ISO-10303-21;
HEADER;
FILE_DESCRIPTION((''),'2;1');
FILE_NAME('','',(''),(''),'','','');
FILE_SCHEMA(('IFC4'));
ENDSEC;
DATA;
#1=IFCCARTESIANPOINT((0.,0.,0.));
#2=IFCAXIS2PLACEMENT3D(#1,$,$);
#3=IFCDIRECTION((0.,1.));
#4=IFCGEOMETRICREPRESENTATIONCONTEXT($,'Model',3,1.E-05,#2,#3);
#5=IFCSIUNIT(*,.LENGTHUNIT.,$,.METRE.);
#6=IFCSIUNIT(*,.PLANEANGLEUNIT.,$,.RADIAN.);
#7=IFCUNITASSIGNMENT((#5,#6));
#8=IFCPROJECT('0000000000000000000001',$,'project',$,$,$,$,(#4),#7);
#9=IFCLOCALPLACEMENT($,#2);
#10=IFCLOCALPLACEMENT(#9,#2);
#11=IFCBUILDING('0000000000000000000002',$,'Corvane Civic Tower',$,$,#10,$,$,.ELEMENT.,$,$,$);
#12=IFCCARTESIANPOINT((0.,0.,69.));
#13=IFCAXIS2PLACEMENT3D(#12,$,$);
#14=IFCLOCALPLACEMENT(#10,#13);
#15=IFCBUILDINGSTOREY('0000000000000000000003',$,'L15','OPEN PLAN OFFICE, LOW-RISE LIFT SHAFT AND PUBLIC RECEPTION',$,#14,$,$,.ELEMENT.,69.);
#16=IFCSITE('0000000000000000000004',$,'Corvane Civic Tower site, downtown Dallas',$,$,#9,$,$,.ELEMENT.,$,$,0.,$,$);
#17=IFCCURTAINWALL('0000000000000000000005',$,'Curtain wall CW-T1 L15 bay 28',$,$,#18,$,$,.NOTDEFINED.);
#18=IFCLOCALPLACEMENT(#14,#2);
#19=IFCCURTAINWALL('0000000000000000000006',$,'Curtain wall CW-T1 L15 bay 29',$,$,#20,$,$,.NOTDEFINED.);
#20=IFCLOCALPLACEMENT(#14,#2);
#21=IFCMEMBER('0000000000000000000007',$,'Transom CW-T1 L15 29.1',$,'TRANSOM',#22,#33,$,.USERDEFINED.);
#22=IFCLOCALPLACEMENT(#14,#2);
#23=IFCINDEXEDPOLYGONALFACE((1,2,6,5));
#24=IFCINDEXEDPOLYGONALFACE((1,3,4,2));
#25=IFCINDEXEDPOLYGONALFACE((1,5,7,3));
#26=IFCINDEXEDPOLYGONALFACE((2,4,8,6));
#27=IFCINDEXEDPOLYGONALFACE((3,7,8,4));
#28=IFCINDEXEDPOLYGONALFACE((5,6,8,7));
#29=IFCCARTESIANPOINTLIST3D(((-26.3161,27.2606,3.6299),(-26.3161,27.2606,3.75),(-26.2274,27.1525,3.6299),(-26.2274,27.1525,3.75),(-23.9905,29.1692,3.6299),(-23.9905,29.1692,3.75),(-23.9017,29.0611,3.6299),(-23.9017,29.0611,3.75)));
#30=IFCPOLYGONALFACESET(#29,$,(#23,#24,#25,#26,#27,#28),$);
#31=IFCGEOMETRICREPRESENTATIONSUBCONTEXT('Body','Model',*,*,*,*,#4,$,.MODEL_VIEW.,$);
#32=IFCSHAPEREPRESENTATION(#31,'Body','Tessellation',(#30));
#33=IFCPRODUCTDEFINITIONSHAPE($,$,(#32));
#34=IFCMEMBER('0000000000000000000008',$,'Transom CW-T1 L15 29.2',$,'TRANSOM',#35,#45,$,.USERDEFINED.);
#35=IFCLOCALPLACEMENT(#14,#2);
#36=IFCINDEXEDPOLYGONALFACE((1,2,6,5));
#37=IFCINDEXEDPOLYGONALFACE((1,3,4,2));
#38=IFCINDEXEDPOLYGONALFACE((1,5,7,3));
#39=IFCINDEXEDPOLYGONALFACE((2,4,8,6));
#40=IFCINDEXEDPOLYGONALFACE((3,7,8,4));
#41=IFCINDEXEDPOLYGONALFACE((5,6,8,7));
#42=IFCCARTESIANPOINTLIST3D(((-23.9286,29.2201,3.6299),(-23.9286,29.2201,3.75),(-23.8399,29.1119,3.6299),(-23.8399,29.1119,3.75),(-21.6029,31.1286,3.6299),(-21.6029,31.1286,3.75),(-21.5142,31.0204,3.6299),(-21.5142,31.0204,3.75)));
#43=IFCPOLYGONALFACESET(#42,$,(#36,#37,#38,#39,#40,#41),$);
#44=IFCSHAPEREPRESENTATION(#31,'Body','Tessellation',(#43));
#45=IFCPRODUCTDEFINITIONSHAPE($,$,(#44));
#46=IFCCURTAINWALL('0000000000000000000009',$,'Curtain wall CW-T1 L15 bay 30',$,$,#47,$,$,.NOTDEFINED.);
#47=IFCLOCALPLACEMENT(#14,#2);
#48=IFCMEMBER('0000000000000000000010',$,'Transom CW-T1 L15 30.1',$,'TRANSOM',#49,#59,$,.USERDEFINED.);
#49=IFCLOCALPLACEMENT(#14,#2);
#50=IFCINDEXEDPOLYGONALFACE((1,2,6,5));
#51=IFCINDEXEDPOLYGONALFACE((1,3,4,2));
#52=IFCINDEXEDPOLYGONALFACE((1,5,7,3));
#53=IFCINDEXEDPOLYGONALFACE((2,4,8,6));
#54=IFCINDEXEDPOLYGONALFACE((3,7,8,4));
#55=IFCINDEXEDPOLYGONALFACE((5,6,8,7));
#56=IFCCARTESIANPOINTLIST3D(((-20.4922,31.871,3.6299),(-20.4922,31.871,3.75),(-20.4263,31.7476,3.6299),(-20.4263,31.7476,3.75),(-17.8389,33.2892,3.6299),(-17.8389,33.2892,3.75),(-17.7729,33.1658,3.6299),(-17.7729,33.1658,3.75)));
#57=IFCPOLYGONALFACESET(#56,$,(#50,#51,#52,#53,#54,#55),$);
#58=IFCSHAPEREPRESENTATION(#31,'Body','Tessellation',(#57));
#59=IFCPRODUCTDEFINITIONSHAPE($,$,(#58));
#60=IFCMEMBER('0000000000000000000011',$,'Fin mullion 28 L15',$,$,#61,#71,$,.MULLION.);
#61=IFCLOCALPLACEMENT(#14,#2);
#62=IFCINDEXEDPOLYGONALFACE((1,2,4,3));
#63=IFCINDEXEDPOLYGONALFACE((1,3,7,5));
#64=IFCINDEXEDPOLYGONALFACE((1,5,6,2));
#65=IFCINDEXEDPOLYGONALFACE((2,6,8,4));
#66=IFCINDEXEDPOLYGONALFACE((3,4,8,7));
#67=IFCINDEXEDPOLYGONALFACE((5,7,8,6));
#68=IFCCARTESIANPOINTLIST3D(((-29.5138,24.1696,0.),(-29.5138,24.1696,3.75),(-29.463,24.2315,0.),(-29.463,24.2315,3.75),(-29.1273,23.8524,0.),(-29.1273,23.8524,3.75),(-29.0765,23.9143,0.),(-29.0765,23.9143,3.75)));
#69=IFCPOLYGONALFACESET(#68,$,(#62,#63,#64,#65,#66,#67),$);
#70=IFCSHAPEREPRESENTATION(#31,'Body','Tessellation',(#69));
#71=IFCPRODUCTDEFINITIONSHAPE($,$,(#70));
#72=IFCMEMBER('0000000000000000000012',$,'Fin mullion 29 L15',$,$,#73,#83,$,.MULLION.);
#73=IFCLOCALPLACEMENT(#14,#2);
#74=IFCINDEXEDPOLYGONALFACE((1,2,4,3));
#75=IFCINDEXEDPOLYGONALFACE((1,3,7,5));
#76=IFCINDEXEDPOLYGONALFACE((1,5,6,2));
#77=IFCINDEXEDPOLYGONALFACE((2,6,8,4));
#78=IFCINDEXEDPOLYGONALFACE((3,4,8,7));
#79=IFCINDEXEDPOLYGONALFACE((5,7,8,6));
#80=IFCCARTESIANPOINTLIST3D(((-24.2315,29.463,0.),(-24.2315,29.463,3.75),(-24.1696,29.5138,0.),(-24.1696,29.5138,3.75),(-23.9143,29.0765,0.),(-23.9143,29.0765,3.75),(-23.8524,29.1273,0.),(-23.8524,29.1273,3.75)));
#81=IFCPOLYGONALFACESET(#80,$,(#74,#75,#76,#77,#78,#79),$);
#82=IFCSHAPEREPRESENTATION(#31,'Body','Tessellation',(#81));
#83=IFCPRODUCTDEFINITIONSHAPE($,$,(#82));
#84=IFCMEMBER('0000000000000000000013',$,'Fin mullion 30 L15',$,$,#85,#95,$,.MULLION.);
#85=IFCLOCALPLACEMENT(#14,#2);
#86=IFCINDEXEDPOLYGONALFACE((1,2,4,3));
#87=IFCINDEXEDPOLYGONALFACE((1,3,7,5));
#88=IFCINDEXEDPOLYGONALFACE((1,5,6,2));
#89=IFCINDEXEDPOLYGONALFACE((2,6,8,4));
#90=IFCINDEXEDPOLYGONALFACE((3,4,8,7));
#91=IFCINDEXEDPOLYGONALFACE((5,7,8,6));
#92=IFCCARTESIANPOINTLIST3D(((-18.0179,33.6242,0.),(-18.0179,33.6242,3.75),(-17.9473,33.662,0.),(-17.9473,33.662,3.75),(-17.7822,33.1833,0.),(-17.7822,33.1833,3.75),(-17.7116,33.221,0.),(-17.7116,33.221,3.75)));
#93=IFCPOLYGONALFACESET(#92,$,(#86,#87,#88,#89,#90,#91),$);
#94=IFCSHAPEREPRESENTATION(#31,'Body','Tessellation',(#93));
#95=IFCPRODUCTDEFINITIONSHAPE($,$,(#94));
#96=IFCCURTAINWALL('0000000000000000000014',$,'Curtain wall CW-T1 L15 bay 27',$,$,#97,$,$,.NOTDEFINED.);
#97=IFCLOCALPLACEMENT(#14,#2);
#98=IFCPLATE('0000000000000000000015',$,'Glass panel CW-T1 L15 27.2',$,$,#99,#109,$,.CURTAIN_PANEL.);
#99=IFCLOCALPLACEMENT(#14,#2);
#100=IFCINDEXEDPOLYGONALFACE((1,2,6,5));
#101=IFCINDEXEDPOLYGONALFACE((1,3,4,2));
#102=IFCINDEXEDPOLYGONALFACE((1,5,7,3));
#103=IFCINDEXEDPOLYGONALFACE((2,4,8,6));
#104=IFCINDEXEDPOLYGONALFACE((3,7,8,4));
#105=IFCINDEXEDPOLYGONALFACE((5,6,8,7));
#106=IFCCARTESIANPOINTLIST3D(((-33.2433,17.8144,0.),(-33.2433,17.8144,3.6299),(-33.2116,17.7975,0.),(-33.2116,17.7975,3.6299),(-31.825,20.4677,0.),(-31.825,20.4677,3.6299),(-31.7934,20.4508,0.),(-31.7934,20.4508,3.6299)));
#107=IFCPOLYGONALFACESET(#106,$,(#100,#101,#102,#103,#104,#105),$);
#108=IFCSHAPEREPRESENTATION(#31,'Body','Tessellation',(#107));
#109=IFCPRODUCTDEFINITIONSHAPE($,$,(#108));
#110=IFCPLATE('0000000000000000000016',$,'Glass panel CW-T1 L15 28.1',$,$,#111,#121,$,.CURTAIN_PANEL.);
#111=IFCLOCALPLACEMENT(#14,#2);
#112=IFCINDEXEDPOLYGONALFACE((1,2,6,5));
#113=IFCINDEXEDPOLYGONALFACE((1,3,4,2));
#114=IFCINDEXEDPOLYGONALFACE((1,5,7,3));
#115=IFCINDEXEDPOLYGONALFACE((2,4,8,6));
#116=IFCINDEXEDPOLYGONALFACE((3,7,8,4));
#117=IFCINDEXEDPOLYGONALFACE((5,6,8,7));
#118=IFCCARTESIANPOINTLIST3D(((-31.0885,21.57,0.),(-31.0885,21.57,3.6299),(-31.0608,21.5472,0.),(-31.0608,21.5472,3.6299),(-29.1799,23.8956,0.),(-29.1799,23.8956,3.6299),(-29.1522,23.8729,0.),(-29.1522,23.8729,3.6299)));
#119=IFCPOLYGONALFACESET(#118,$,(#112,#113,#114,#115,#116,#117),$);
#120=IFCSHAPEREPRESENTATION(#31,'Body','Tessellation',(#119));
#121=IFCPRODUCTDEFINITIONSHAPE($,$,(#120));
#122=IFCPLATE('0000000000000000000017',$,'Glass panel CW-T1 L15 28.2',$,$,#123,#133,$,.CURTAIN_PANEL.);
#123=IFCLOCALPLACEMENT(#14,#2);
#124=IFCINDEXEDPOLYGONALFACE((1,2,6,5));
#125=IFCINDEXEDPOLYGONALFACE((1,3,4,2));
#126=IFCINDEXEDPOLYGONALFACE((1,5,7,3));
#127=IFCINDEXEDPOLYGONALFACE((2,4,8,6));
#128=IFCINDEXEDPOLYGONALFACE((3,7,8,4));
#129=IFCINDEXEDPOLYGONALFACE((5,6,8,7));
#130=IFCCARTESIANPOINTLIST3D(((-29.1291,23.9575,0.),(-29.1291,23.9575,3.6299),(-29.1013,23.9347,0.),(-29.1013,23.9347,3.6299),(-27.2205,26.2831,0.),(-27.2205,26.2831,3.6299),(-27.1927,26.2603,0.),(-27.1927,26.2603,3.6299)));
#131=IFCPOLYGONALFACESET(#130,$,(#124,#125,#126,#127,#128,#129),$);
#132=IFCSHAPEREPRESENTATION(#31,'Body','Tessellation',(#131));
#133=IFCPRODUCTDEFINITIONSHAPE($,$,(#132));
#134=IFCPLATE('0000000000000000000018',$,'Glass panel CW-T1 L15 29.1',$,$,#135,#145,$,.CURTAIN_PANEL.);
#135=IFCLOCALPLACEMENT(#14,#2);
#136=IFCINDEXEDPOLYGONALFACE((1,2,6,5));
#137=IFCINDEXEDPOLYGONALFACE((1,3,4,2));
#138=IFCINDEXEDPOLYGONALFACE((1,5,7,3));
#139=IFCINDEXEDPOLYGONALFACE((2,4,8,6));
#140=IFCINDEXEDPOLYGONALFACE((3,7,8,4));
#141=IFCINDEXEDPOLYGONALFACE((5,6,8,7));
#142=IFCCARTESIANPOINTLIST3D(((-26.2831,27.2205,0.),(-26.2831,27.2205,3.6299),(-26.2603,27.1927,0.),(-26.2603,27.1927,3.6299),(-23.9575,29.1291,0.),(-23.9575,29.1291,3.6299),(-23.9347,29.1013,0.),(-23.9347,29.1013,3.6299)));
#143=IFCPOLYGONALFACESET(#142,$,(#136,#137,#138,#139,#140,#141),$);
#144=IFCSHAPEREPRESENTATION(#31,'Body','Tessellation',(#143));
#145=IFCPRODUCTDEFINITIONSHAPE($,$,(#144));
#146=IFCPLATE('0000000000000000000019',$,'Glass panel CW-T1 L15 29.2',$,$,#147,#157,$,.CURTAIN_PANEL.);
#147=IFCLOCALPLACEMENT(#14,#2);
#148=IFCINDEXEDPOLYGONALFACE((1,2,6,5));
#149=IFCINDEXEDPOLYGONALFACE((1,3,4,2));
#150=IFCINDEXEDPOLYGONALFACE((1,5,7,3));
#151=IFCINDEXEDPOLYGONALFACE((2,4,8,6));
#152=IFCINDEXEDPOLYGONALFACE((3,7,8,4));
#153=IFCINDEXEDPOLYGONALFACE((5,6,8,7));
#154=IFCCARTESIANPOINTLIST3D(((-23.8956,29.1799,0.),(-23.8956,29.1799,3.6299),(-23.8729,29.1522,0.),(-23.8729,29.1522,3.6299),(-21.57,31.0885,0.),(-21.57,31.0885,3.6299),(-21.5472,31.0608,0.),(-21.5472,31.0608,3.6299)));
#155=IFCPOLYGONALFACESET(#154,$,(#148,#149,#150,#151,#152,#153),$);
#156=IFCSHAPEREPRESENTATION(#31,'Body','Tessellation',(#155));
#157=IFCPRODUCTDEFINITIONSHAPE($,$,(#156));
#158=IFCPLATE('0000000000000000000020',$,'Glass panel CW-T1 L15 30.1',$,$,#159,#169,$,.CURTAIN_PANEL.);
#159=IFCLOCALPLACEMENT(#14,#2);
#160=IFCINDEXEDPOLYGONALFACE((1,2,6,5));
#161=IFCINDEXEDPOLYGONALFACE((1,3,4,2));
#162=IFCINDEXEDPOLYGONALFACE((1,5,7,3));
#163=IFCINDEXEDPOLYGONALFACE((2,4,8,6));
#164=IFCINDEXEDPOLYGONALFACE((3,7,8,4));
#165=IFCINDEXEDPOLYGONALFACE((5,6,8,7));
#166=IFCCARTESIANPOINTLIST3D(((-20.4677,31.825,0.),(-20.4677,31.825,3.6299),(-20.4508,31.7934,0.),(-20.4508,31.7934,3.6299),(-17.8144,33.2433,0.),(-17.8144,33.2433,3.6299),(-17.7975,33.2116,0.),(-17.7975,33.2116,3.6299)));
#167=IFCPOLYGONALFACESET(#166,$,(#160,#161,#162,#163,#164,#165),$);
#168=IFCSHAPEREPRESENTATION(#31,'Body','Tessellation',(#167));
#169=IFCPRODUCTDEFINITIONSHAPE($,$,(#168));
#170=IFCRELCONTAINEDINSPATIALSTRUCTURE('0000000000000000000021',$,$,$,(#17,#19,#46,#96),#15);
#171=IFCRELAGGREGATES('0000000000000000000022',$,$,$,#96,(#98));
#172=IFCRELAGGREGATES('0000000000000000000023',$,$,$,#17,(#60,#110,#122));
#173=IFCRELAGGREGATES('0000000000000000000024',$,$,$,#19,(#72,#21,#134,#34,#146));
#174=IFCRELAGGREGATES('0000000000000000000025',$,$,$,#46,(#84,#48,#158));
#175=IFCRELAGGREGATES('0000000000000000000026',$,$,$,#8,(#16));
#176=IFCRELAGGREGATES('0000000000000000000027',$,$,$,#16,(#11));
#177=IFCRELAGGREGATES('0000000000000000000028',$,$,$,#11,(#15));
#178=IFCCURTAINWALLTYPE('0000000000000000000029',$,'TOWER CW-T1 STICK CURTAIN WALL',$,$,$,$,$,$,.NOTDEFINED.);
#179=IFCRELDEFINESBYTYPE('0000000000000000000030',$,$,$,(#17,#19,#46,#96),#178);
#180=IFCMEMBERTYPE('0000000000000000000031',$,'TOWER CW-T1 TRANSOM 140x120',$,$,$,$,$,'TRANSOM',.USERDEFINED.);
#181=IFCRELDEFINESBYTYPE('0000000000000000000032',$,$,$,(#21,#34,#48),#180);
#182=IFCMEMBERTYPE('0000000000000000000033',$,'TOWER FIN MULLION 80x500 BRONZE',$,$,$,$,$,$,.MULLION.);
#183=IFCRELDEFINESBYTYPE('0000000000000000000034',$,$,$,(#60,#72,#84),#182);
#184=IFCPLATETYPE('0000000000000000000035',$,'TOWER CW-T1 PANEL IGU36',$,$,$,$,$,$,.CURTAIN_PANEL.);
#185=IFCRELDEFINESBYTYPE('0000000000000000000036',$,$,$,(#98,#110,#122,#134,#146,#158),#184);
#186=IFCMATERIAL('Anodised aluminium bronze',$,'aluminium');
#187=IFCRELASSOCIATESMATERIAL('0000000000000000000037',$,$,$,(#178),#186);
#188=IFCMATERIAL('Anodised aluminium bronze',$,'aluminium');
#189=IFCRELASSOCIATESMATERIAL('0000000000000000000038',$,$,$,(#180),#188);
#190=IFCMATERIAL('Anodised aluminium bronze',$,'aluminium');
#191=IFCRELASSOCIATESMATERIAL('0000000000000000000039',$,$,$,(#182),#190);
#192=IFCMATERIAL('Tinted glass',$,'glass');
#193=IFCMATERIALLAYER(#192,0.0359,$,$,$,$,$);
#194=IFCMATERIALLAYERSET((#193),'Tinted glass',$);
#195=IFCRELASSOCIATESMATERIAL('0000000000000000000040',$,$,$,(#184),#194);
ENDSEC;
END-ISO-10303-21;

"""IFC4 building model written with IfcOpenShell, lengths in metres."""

from ifc_helpers import new_model, si_unit, direction, frame, origin, origin_2d, place, context, subcontext, project, spatial, rectangle, extrude, material, layer, layer_set, material_profile, profile_set, type_object, element, aggregate, save


model = new_model("IFC4")

# Units and contexts
model_context = context("Model", 3, precision=1e-05, world=origin(), true_north=direction((0.0, 1.0)))
body_context = subcontext(model_context, "Body", "Model", "MODEL_VIEW")
ifc_project = project(units=[si_unit("LENGTHUNIT", "METRE"), si_unit("PLANEANGLEUNIT", "RADIAN")], contexts=[model_context])

# Site, building, storey
site_placement = place(None, origin())
site = spatial("IfcSite", under=ifc_project, at=site_placement, Name="Corvane Civic Tower site, downtown Dallas", CompositionType="ELEMENT", RefElevation=0.0)
building_placement = place(site_placement, origin())
building = spatial("IfcBuilding", under=site, at=building_placement, Name="Corvane Civic Tower", CompositionType="ELEMENT")
storey_placement = place(building_placement, frame((0.0, 0.0, 69.0)))
storey = spatial("IfcBuildingStorey", under=building, at=storey_placement, Name="L15", Description="OPEN PLAN OFFICE, LOW-RISE LIFT SHAFT AND PUBLIC RECEPTION", CompositionType="ELEMENT", Elevation=69.0)

# Curtain walls, members
ifc_material_1 = material(Name="Anodised aluminium bronze", Category="aluminium")
curtain_wall_type = type_object("IfcCurtainWallType", Name="TOWER CW-T1 STICK CURTAIN WALL", PredefinedType="NOTDEFINED", material=ifc_material_1)
curtain_wall_1_placement = place(storey_placement, origin())
curtain_wall_1 = element("IfcCurtainWall", 1, at=curtain_wall_1_placement, inside=storey, type_object=curtain_wall_type, Name="Curtain wall CW-T1 L15 bay 28", PredefinedType="NOTDEFINED")
ifc_material_2 = material(Name="Anodised aluminium bronze", Category="aluminium")
ifc_material_profile_1 = material_profile(ifc_material_2, rectangle(XDim=0.1399, YDim=0.1201, at=origin_2d()), Name="TOWER CW-T1 TRANSOM 140x120")
ifc_profile_set_1 = profile_set([ifc_material_profile_1], Name="Anodised aluminium bronze")
member_type_1 = type_object("IfcMemberType", Name="TOWER CW-T1 TRANSOM 140x120", ElementType="TRANSOM", PredefinedType="USERDEFINED", material=ifc_profile_set_1)
curtain_wall_2_placement = place(storey_placement, origin())
curtain_wall_2 = element("IfcCurtainWall", 2, at=curtain_wall_2_placement, inside=storey, type_object=curtain_wall_type, Name="Curtain wall CW-T1 L15 bay 29", PredefinedType="NOTDEFINED")
member_1_placement = place(storey_placement, frame((-26.2717, 27.2065, 3.6899), z_axis=(0.773002, 0.634404, 0.0), x_axis=(-0.634404, 0.773002, 0.0)))
member_1 = element("IfcMember", 3, at=member_1_placement, type_object=member_type_1, Name="Transom CW-T1 L15 29.1", ObjectType="TRANSOM", PredefinedType="USERDEFINED", context=body_context, shape_type="SweptSolid", body=[
    extrude(rectangle(XDim=0.1399, YDim=0.1201, at=origin_2d()), origin(), (0.0, 0.0, 1.0), 3.0085),
])
member_2_placement = place(storey_placement, frame((-23.8843, 29.166, 3.6899), z_axis=(0.773042, 0.634355, 0.0), x_axis=(-0.634355, 0.773042, 0.0)))
member_2 = element("IfcMember", 4, at=member_2_placement, type_object=member_type_1, Name="Transom CW-T1 L15 29.2", ObjectType="TRANSOM", PredefinedType="USERDEFINED", context=body_context, shape_type="SweptSolid", body=[
    extrude(rectangle(XDim=0.1399, YDim=0.1201, at=origin_2d()), origin(), (0.0, 0.0, 1.0), 3.0085),
])

# Curtain wall, member
curtain_wall_3_placement = place(storey_placement, origin())
curtain_wall_3 = element("IfcCurtainWall", 5, at=curtain_wall_3_placement, inside=storey, type_object=curtain_wall_type, Name="Curtain wall CW-T1 L15 bay 30", PredefinedType="NOTDEFINED")
member_3_placement = place(storey_placement, frame((-20.4592, 31.8093, 3.6899), z_axis=(0.881924, 0.471393, 0.0), x_axis=(-0.471393, 0.881924, 0.0)))
member_3 = element("IfcMember", 6, at=member_3_placement, type_object=member_type_1, Name="Transom CW-T1 L15 30.1", ObjectType="TRANSOM", PredefinedType="USERDEFINED", context=body_context, shape_type="SweptSolid", body=[
    extrude(rectangle(XDim=0.1399, YDim=0.1201, at=origin_2d()), origin(), (0.0, 0.0, 1.0), 3.0085),
])

# Members
ifc_material_3 = material(Name="Anodised aluminium bronze", Category="aluminium")
ifc_material_profile_2 = material_profile(ifc_material_3, rectangle(XDim=0.0801, YDim=0.5, at=origin_2d()), Name="TOWER FIN MULLION 80x500 BRONZE")
ifc_profile_set_2 = profile_set([ifc_material_profile_2], Name="Anodised aluminium bronze")
member_type_2 = type_object("IfcMemberType", Name="TOWER FIN MULLION 80x500 BRONZE", PredefinedType="MULLION", material=ifc_profile_set_2)
member_4_placement = place(storey_placement, frame((-29.2952, 24.042, 0.0), z_axis=(0.0, 0.0, 1.0), x_axis=(0.634397, 0.773007, 0.0)))
member_4 = element("IfcMember", 7, at=member_4_placement, type_object=member_type_2, Name="Fin mullion 28 L15", PredefinedType="MULLION", context=body_context, shape_type="SweptSolid", body=[
    extrude(rectangle(XDim=0.0801, YDim=0.5, at=origin_2d()), origin(), (0.0, 0.0, 1.0), 3.75),
])
member_5_placement = place(storey_placement, frame((-24.042, 29.2952, 0.0), z_axis=(0.0, 0.0, 1.0), x_axis=(0.773007, 0.634397, 0.0)))
member_5 = element("IfcMember", 8, at=member_5_placement, type_object=member_type_2, Name="Fin mullion 29 L15", PredefinedType="MULLION", context=body_context, shape_type="SweptSolid", body=[
    extrude(rectangle(XDim=0.0801, YDim=0.5, at=origin_2d()), origin(), (0.0, 0.0, 1.0), 3.75),
])
member_6_placement = place(storey_placement, frame((-17.8647, 33.4226, 0.0), z_axis=(0.0, 0.0, 1.0), x_axis=(0.881918, 0.471404, 0.0)))
member_6 = element("IfcMember", 9, at=member_6_placement, type_object=member_type_2, Name="Fin mullion 30 L15", PredefinedType="MULLION", context=body_context, shape_type="SweptSolid", body=[
    extrude(rectangle(XDim=0.0801, YDim=0.5, at=origin_2d()), origin(), (0.0, 0.0, 1.0), 3.75),
])

# Curtain wall, plate
curtain_wall_4_placement = place(storey_placement, origin())
curtain_wall_4 = element("IfcCurtainWall", 10, at=curtain_wall_4_placement, inside=storey, type_object=curtain_wall_type, Name="Curtain wall CW-T1 L15 bay 27", PredefinedType="NOTDEFINED")
ifc_material_4 = material(Name="Tinted glass", Category="glass")
ifc_layer_1 = layer(ifc_material_4, 0.0359)
ifc_layer_set_1 = layer_set([ifc_layer_1], Name="Tinted glass")
plate_type = type_object("IfcPlateType", Name="TOWER CW-T1 PANEL IGU36", PredefinedType="CURTAIN_PANEL", material=ifc_layer_set_1)
plate_1_placement = place(storey_placement, frame((-32.5183, 19.1326, 0.0), z_axis=(0.0, 0.0, 1.0), x_axis=(0.471404, 0.881918, 0.0)))
plate_1 = element("IfcPlate", 11, at=plate_1_placement, type_object=plate_type, Name="Glass panel CW-T1 L15 27.2", PredefinedType="CURTAIN_PANEL", context=body_context, shape_type="SweptSolid", body=[
    extrude(rectangle(XDim=3.0085, YDim=0.0359, at=origin_2d()), origin(), (0.0, 0.0, 1.0), 3.6299),
])
aggregate(curtain_wall_4, [plate_1])

# Plates
plate_2_placement = place(storey_placement, frame((-30.1204, 22.7214, 0.0), z_axis=(0.0, 0.0, 1.0), x_axis=(0.634397, 0.773007, 0.0)))
plate_2 = element("IfcPlate", 12, at=plate_2_placement, type_object=plate_type, Name="Glass panel CW-T1 L15 28.1", PredefinedType="CURTAIN_PANEL", context=body_context, shape_type="SweptSolid", body=[
    extrude(rectangle(XDim=3.0085, YDim=0.0359, at=origin_2d()), origin(), (0.0, 0.0, 1.0), 3.6299),
])
plate_3_placement = place(storey_placement, frame((-28.1609, 25.1089, 0.0), z_axis=(0.0, 0.0, 1.0), x_axis=(0.634397, 0.773007, 0.0)))
plate_3 = element("IfcPlate", 13, at=plate_3_placement, type_object=plate_type, Name="Glass panel CW-T1 L15 28.2", PredefinedType="CURTAIN_PANEL", context=body_context, shape_type="SweptSolid", body=[
    extrude(rectangle(XDim=3.0085, YDim=0.0359, at=origin_2d()), origin(), (0.0, 0.0, 1.0), 3.6299),
])
aggregate(curtain_wall_1, [member_4, plate_2, plate_3])
plate_4_placement = place(storey_placement, frame((-25.1089, 28.1609, 0.0), z_axis=(0.0, 0.0, 1.0), x_axis=(0.773007, 0.634397, 0.0)))
plate_4 = element("IfcPlate", 14, at=plate_4_placement, type_object=plate_type, Name="Glass panel CW-T1 L15 29.1", PredefinedType="CURTAIN_PANEL", context=body_context, shape_type="SweptSolid", body=[
    extrude(rectangle(XDim=3.0085, YDim=0.0359, at=origin_2d()), origin(), (0.0, 0.0, 1.0), 3.6299),
])
plate_5_placement = place(storey_placement, frame((-22.7214, 30.1204, 0.0), z_axis=(0.0, 0.0, 1.0), x_axis=(0.773007, 0.634397, 0.0)))
plate_5 = element("IfcPlate", 15, at=plate_5_placement, type_object=plate_type, Name="Glass panel CW-T1 L15 29.2", PredefinedType="CURTAIN_PANEL", context=body_context, shape_type="SweptSolid", body=[
    extrude(rectangle(XDim=3.0085, YDim=0.0359, at=origin_2d()), origin(), (0.0, 0.0, 1.0), 3.6299),
])
aggregate(curtain_wall_2, [member_5, member_1, plate_4, member_2, plate_5])
plate_6_placement = place(storey_placement, frame((-19.1326, 32.5183, 0.0), z_axis=(0.0, 0.0, 1.0), x_axis=(0.881918, 0.471404, 0.0)))
plate_6 = element("IfcPlate", 16, at=plate_6_placement, type_object=plate_type, Name="Glass panel CW-T1 L15 30.1", PredefinedType="CURTAIN_PANEL", context=body_context, shape_type="SweptSolid", body=[
    extrude(rectangle(XDim=3.0085, YDim=0.0359, at=origin_2d()), origin(), (0.0, 0.0, 1.0), 3.6299),
])
aggregate(curtain_wall_3, [member_6, member_3, plate_6])

save(model, "model.ifc")
